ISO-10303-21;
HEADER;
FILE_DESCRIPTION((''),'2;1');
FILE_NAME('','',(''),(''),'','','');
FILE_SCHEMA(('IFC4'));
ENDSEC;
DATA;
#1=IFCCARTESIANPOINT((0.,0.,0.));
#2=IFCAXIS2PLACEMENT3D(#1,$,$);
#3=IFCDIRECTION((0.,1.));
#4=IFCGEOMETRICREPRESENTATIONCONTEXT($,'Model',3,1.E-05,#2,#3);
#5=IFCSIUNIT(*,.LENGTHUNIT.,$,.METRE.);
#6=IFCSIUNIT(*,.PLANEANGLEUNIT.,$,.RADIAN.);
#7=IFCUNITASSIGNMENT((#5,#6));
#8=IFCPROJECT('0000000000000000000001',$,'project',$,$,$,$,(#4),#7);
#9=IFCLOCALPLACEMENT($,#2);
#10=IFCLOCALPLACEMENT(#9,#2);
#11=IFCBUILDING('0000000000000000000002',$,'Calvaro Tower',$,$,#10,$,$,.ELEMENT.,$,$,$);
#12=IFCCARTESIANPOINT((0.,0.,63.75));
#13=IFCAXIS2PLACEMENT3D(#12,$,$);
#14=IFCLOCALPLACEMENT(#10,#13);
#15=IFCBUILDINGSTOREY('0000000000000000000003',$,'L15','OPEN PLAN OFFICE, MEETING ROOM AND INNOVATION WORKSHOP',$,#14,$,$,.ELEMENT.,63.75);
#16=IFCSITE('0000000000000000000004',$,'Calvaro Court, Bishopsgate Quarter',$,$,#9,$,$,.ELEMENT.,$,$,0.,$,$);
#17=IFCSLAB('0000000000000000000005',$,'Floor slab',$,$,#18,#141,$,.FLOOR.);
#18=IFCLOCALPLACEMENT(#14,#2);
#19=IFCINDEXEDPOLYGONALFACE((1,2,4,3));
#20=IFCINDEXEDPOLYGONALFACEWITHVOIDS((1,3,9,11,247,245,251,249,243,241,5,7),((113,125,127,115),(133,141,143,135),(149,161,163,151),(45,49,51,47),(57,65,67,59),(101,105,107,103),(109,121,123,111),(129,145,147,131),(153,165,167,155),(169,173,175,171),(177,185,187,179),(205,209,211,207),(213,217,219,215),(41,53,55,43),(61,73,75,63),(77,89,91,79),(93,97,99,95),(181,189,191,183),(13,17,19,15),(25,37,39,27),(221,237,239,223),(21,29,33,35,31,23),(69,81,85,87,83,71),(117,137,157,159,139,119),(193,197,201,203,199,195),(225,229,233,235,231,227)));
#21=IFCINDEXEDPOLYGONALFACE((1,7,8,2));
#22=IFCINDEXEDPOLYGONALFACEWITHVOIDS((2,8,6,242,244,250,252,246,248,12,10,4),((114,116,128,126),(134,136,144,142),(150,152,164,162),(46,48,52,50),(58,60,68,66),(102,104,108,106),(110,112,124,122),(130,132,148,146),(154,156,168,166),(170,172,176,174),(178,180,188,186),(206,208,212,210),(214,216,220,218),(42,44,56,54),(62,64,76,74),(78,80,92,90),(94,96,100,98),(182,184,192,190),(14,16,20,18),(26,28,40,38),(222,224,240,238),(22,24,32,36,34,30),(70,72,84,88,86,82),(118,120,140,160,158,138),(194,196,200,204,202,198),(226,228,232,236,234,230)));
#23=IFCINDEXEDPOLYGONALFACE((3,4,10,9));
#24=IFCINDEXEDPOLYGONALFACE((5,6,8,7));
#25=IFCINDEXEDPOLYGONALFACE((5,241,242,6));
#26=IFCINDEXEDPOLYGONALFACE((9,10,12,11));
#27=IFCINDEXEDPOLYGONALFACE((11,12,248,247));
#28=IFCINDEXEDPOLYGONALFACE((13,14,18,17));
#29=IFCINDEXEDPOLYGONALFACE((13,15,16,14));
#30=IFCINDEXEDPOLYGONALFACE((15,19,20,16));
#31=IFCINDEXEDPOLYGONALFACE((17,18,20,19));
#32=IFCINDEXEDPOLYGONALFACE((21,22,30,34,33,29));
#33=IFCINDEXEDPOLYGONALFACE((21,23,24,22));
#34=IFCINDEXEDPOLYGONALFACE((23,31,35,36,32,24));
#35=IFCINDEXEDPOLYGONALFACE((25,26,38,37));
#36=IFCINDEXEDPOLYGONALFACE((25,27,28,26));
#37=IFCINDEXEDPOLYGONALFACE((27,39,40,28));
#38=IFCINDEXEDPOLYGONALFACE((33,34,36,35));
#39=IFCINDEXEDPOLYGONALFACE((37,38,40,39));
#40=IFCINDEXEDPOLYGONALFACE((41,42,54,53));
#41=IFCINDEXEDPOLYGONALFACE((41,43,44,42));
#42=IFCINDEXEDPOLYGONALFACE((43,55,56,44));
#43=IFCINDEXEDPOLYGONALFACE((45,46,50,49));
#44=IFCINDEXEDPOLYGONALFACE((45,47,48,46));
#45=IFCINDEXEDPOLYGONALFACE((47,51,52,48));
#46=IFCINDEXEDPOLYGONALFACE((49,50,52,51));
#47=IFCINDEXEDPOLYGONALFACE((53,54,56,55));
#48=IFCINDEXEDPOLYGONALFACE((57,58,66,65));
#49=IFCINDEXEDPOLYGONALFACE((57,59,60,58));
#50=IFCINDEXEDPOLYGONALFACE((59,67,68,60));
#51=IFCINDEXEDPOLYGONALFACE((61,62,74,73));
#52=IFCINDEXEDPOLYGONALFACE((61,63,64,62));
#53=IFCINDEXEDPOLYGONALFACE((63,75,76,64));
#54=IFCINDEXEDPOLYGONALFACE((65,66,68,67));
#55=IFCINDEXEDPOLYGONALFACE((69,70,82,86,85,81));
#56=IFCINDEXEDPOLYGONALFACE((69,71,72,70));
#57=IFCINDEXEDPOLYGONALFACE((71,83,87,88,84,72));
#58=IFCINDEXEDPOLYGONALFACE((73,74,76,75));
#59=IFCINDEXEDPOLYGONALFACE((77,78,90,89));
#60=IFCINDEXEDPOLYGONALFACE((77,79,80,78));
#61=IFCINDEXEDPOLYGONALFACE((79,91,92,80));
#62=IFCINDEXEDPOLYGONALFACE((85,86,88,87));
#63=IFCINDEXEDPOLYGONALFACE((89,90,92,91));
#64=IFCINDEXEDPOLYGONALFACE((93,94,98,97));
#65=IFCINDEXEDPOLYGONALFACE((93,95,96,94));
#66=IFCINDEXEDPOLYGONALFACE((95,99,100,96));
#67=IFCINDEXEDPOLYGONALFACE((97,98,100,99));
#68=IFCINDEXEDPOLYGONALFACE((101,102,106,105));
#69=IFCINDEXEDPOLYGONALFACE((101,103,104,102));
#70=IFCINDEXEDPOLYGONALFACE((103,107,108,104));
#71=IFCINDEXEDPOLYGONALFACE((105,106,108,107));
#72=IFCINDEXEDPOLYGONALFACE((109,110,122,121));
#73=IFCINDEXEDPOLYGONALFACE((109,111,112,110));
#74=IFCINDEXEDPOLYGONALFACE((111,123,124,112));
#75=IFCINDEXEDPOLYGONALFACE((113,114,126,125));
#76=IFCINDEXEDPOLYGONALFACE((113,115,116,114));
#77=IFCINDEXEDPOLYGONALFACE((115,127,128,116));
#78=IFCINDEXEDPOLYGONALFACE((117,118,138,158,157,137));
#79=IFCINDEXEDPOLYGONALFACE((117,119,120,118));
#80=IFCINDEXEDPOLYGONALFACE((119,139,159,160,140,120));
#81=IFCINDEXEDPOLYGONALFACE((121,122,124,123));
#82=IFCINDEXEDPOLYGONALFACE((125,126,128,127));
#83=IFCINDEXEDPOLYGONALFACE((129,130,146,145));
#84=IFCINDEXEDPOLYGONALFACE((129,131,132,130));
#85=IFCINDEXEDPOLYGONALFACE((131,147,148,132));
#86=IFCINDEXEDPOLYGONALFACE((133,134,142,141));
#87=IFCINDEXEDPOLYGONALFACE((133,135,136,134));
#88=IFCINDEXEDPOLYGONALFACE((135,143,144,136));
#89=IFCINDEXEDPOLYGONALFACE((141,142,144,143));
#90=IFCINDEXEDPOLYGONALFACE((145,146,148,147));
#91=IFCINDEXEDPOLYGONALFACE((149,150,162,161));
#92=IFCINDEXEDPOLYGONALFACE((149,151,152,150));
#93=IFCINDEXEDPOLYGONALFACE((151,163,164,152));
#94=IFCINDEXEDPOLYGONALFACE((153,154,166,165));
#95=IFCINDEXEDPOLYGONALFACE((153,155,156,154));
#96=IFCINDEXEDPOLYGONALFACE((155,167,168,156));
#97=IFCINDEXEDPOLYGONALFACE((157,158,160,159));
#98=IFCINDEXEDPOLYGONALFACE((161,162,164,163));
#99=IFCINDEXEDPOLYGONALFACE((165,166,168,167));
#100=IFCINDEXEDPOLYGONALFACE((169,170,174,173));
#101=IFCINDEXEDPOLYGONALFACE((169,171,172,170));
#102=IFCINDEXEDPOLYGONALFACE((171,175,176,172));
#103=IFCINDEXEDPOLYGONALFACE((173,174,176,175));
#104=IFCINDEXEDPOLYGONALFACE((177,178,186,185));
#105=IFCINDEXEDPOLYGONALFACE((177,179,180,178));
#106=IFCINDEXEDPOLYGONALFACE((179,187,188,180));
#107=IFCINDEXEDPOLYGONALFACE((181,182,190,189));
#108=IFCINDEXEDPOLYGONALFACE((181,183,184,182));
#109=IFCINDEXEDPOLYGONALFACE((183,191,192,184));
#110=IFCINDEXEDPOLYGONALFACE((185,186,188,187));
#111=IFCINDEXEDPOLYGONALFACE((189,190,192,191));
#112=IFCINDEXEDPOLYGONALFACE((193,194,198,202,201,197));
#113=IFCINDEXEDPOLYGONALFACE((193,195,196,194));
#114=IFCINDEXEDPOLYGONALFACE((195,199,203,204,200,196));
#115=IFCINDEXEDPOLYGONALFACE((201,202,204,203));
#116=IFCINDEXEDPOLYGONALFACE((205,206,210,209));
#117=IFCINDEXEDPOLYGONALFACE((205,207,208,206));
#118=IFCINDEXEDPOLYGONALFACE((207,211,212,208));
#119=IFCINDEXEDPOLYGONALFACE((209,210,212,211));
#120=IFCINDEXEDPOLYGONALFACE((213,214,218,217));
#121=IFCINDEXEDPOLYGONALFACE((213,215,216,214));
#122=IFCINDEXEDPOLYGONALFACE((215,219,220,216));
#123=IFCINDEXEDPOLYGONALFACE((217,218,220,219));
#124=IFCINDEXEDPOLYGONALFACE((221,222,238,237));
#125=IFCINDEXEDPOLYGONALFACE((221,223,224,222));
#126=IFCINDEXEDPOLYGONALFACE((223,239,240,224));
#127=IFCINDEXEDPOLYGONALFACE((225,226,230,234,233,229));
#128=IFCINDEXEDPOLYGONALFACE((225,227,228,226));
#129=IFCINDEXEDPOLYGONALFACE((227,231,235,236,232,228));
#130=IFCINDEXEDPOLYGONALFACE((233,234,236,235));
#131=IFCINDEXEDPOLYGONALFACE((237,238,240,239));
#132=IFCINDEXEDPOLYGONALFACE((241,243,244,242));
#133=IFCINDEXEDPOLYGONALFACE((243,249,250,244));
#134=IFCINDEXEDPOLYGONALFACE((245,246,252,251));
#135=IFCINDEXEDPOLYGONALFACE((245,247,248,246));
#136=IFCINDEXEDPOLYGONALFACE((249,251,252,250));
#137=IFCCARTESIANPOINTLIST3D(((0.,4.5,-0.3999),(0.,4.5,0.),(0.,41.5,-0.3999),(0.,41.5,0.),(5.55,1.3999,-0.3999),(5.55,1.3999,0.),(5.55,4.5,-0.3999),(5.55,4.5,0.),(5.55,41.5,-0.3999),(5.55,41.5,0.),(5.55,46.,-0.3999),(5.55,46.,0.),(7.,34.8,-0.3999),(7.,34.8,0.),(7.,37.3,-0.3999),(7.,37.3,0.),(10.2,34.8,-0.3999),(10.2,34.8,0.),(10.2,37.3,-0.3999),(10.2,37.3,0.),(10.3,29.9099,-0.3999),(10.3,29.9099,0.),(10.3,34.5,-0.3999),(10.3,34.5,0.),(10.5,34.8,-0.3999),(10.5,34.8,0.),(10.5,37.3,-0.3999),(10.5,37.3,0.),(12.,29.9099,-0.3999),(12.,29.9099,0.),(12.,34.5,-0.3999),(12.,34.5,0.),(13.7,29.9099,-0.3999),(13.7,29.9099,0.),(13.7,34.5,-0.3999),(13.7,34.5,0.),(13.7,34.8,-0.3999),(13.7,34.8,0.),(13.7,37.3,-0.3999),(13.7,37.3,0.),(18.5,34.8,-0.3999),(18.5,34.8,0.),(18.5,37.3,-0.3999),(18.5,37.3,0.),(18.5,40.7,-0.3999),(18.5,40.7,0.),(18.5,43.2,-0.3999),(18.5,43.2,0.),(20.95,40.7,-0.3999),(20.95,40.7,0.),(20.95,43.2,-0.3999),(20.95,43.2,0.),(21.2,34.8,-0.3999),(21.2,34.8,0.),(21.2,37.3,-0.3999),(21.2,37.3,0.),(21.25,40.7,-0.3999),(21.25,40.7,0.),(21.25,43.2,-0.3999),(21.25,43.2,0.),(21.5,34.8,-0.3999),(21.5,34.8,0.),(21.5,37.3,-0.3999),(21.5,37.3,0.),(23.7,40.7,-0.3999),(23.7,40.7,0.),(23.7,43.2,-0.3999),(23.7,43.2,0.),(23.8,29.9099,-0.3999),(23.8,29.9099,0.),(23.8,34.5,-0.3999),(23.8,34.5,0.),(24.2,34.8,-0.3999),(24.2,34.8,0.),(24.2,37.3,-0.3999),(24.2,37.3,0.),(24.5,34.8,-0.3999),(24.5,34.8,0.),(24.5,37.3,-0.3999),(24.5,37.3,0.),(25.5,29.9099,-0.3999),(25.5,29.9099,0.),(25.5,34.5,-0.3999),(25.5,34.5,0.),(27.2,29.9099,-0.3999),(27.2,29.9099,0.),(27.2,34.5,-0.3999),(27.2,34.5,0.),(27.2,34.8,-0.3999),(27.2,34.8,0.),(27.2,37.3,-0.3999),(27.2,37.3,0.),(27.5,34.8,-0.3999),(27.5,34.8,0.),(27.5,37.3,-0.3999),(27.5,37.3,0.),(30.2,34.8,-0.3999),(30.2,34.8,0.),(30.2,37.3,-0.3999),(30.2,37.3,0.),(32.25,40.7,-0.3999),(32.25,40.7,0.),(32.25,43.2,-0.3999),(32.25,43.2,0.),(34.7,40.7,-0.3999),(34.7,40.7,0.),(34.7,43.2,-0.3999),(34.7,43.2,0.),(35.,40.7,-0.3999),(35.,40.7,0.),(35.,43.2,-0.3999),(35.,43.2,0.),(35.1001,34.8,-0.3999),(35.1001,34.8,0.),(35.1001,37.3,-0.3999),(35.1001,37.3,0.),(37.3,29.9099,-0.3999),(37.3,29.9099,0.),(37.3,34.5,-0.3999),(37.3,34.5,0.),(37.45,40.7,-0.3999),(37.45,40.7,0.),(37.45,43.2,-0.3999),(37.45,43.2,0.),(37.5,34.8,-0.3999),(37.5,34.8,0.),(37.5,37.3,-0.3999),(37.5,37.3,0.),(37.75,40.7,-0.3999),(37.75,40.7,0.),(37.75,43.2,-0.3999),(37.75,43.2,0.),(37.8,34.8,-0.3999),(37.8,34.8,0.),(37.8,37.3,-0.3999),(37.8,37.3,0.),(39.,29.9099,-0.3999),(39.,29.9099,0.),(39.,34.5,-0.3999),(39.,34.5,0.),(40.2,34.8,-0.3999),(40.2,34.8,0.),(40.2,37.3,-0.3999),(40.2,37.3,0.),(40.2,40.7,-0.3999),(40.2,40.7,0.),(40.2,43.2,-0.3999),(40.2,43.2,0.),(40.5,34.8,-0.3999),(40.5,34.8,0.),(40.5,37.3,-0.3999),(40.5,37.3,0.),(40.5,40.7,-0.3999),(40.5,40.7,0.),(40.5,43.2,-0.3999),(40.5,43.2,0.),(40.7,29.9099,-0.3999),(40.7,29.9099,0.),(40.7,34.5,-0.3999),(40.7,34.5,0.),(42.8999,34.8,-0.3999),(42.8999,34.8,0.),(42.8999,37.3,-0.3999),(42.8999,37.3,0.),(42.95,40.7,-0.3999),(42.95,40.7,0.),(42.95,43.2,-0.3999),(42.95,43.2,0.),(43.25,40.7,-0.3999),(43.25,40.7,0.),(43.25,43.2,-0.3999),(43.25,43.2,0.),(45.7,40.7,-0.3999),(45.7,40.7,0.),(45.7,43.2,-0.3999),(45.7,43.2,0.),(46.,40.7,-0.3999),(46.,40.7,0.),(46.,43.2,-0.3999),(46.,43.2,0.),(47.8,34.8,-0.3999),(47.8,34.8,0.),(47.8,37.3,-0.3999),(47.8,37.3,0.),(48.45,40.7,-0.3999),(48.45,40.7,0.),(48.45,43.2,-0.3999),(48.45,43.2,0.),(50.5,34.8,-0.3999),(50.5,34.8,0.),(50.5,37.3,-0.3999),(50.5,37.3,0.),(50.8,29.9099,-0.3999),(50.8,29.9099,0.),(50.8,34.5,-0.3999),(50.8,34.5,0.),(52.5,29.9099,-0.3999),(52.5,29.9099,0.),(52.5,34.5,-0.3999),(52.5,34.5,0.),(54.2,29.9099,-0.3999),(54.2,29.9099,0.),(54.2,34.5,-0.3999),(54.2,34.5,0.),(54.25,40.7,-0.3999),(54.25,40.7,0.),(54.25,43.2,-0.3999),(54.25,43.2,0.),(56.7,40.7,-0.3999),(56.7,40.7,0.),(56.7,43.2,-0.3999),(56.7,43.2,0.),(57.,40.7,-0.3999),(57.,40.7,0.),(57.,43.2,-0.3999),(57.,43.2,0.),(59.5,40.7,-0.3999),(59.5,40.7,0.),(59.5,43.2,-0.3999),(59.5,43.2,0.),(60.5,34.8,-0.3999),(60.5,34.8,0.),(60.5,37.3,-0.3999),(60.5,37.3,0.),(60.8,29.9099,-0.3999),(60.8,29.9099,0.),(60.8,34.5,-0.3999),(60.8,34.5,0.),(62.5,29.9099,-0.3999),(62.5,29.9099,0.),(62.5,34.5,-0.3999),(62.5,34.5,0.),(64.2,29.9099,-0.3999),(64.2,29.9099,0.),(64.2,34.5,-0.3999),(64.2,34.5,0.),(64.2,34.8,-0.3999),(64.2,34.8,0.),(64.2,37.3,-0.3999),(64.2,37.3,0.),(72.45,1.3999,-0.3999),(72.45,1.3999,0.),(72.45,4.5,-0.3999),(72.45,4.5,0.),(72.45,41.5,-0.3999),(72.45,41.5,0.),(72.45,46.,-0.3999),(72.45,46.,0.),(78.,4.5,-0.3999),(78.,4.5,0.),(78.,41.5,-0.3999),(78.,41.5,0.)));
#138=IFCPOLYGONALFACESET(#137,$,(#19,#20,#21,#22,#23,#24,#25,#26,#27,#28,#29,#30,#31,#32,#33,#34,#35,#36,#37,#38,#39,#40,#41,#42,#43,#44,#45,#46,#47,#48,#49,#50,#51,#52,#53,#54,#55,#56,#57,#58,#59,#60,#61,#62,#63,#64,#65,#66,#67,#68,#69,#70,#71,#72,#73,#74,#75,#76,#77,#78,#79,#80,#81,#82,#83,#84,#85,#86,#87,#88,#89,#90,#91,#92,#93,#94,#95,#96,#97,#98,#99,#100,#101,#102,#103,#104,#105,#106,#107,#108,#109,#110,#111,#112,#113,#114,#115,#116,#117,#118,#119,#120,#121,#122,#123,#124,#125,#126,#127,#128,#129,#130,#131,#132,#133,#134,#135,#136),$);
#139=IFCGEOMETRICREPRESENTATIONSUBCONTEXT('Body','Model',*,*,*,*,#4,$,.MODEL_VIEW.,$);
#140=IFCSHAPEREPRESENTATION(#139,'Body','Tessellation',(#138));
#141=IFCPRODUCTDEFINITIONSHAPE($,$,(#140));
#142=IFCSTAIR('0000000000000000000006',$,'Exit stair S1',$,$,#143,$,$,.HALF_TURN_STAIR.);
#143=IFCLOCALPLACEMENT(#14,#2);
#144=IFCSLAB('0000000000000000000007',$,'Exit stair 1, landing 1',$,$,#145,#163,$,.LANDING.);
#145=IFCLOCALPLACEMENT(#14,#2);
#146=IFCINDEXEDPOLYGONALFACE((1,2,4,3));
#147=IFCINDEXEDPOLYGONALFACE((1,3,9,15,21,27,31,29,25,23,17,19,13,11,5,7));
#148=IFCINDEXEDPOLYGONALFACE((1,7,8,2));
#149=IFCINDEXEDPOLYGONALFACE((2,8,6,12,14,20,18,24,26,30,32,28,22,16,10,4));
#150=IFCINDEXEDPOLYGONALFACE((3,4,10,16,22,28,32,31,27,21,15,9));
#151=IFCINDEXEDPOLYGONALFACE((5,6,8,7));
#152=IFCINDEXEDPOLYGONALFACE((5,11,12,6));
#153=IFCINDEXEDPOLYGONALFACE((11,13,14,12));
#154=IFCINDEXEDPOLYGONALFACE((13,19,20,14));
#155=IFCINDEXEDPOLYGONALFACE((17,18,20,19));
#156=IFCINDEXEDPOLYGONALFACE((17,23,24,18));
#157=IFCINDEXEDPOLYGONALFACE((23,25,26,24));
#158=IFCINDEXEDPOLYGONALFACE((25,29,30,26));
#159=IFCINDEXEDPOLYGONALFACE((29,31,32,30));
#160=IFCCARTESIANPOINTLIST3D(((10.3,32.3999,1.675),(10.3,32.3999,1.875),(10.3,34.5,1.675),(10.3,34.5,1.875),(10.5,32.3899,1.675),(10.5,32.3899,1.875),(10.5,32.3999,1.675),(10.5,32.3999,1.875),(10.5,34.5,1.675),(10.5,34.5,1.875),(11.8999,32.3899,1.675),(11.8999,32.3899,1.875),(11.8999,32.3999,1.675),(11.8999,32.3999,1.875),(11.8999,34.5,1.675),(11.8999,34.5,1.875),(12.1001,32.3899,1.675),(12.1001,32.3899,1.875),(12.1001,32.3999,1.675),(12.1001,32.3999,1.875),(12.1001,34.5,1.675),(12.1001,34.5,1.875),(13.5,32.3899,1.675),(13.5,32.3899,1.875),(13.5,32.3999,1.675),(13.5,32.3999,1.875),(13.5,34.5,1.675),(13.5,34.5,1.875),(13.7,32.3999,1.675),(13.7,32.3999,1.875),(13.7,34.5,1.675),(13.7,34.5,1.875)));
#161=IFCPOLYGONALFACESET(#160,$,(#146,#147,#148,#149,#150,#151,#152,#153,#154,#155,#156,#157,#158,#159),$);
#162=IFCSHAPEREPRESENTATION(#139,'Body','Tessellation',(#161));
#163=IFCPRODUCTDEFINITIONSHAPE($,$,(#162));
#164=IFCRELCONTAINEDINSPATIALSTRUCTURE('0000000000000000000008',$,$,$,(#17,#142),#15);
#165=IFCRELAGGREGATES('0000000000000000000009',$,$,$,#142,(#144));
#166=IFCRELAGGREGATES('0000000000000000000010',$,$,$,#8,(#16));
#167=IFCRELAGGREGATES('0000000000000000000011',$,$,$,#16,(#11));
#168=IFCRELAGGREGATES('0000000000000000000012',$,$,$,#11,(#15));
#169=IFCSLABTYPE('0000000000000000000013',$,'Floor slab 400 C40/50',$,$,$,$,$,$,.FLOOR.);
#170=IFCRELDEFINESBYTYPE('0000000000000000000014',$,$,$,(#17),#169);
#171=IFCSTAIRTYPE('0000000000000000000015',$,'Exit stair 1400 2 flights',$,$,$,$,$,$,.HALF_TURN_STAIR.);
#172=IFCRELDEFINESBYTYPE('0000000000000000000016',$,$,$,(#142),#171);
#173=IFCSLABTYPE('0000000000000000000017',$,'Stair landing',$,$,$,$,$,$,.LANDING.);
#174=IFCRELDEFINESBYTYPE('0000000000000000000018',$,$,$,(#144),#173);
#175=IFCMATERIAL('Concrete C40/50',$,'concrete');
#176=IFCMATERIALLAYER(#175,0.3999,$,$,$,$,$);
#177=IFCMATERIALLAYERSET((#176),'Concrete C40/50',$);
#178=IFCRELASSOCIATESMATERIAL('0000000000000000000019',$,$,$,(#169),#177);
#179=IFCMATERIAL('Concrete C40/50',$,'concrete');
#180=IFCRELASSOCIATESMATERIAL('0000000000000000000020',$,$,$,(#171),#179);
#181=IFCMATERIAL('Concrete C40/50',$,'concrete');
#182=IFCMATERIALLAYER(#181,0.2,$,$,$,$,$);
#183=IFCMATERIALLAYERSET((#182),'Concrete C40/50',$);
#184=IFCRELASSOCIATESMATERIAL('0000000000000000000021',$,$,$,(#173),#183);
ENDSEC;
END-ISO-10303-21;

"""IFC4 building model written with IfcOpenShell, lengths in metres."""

from ifc_helpers import new_model, si_unit, direction, frame, origin, place, context, subcontext, project, spatial, polyline, outline, extrude, material, layer, layer_set, type_object, element, aggregate, save


model = new_model("IFC4")

# Units and contexts
model_context = context("Model", 3, precision=1e-05, world=origin(), true_north=direction((0.0, 1.0)))
body_context = subcontext(model_context, "Body", "Model", "MODEL_VIEW")
ifc_project = project(units=[si_unit("LENGTHUNIT", "METRE"), si_unit("PLANEANGLEUNIT", "RADIAN")], contexts=[model_context])

# Site, building, storey
site_placement = place(None, origin())
site = spatial("IfcSite", under=ifc_project, at=site_placement, Name="Calvaro Court, Bishopsgate Quarter", CompositionType="ELEMENT", RefElevation=0.0)
building_placement = place(site_placement, origin())
building = spatial("IfcBuilding", under=site, at=building_placement, Name="Calvaro Tower", CompositionType="ELEMENT")
storey_placement = place(building_placement, frame((0.0, 0.0, 63.75)))
storey = spatial("IfcBuildingStorey", under=building, at=storey_placement, Name="L15", Description="OPEN PLAN OFFICE, MEETING ROOM AND INNOVATION WORKSHOP", CompositionType="ELEMENT", Elevation=63.75)

# Slab
ifc_material_1 = material(Name="Concrete C40/50", Category="concrete")
ifc_layer_1 = layer(ifc_material_1, 0.3999)
ifc_layer_set_1 = layer_set([ifc_layer_1], Name="Concrete C40/50")
slab_type_1 = type_object("IfcSlabType", Name="Floor slab 400 C40/50", PredefinedType="FLOOR", material=ifc_layer_set_1)
slab_1_placement = place(storey_placement, frame((0.0, 0.0, -0.3999)))
element("IfcSlab", 1, at=slab_1_placement, inside=storey, type_object=slab_type_1, Name="Floor slab", PredefinedType="FLOOR", context=body_context, shape_type="SweptSolid", body=[
    extrude(outline(polyline([(72.45, 4.5), (72.45, 1.3999), (5.55, 1.3999), (5.55, 4.5), (0.0, 4.5), (0.0, 41.5), (5.55, 41.5), (5.55, 46.0), (72.45, 46.0), (72.45, 41.5), (78.0, 41.5), (78.0, 4.5), (72.45, 4.5)]), holes=[polyline([(10.3, 29.9099), (10.3, 34.5), (12.0, 34.5), (13.7, 34.5), (13.7, 29.9099), (12.0, 29.9099), (10.3, 29.9099)]), polyline([(23.8, 29.9099), (23.8, 34.5), (25.5, 34.5), (27.2, 34.5), (27.2, 29.9099), (25.5, 29.9099), (23.8, 29.9099)]), polyline([(37.3, 29.9099), (37.3, 34.5), (39.0, 34.5), (40.7, 34.5), (40.7, 29.9099), (39.0, 29.9099), (37.3, 29.9099)]), polyline([(50.8, 29.9099), (50.8, 34.5), (52.5, 34.5), (54.2, 34.5), (54.2, 29.9099), (52.5, 29.9099), (50.8, 29.9099)]), polyline([(60.8, 29.9099), (60.8, 34.5), (62.5, 34.5), (64.2, 34.5), (64.2, 29.9099), (62.5, 29.9099), (60.8, 29.9099)]), polyline([(18.5, 34.8), (21.2, 34.8), (21.2, 37.3), (18.5, 37.3), (18.5, 34.8)]), polyline([(21.5, 34.8), (24.2, 34.8), (24.2, 37.3), (21.5, 37.3), (21.5, 34.8)]), polyline([(24.5, 34.8), (27.2, 34.8), (27.2, 37.3), (24.5, 37.3), (24.5, 34.8)]), polyline([(35.1001, 34.8), (37.5, 34.8), (37.5, 37.3), (35.1001, 37.3), (35.1001, 34.8)]), polyline([(37.8, 34.8), (40.2, 34.8), (40.2, 37.3), (37.8, 37.3), (37.8, 34.8)]), polyline([(40.5, 34.8), (42.8999, 34.8), (42.8999, 37.3), (40.5, 37.3), (40.5, 34.8)]), polyline([(18.5, 40.7), (20.95, 40.7), (20.95, 43.2), (18.5, 43.2), (18.5, 40.7)]), polyline([(21.25, 40.7), (23.7, 40.7), (23.7, 43.2), (21.25, 43.2), (21.25, 40.7)]), polyline([(32.25, 40.7), (34.7, 40.7), (34.7, 43.2), (32.25, 43.2), (32.25, 40.7)]), polyline([(35.0, 40.7), (37.45, 40.7), (37.45, 43.2), (35.0, 43.2), (35.0, 40.7)]), polyline([(37.75, 40.7), (40.2, 40.7), (40.2, 43.2), (37.75, 43.2), (37.75, 40.7)]), polyline([(40.5, 40.7), (42.95, 40.7), (42.95, 43.2), (40.5, 43.2), (40.5, 40.7)]), polyline([(43.25, 40.7), (45.7, 40.7), (45.7, 43.2), (43.25, 43.2), (43.25, 40.7)]), polyline([(46.0, 40.7), (48.45, 40.7), (48.45, 43.2), (46.0, 43.2), (46.0, 40.7)]), polyline([(54.25, 40.7), (56.7, 40.7), (56.7, 43.2), (54.25, 43.2), (54.25, 40.7)]), polyline([(57.0, 40.7), (59.5, 40.7), (59.5, 43.2), (57.0, 43.2), (57.0, 40.7)]), polyline([(7.0, 34.8), (10.2, 34.8), (10.2, 37.3), (7.0, 37.3), (7.0, 34.8)]), polyline([(10.5, 34.8), (13.7, 34.8), (13.7, 37.3), (10.5, 37.3), (10.5, 34.8)]), polyline([(60.5, 34.8), (64.2, 34.8), (64.2, 37.3), (60.5, 37.3), (60.5, 34.8)]), polyline([(27.5, 34.8), (30.2, 34.8), (30.2, 37.3), (27.5, 37.3), (27.5, 34.8)]), polyline([(47.8, 34.8), (50.5, 34.8), (50.5, 37.3), (47.8, 37.3), (47.8, 34.8)])]), origin(), (0.0, 0.0, 1.0), 0.3999),
])

# Stair, slab
ifc_material_2 = material(Name="Concrete C40/50", Category="concrete")
stair_type = type_object("IfcStairType", Name="Exit stair 1400 2 flights", PredefinedType="HALF_TURN_STAIR", material=ifc_material_2)
stair_1_placement = place(storey_placement, origin())
stair_1 = element("IfcStair", 2, at=stair_1_placement, inside=storey, type_object=stair_type, Name="Exit stair S1", PredefinedType="HALF_TURN_STAIR")
ifc_material_3 = material(Name="Concrete C40/50", Category="concrete")
ifc_layer_2 = layer(ifc_material_3, 0.2)
ifc_layer_set_2 = layer_set([ifc_layer_2], Name="Concrete C40/50")
slab_type_2 = type_object("IfcSlabType", Name="Stair landing", PredefinedType="LANDING", material=ifc_layer_set_2)
slab_2_placement = place(storey_placement, frame((0.0, 0.0, 1.675)))
slab_2 = element("IfcSlab", 3, at=slab_2_placement, type_object=slab_type_2, Name="Exit stair 1, landing 1", PredefinedType="LANDING", context=body_context, shape_type="SweptSolid", body=[
    extrude(outline(polyline([(11.8999, 32.3899), (10.5, 32.3899), (10.5, 32.3999), (10.3, 32.3999), (10.3, 34.5), (10.5, 34.5), (11.8999, 34.5), (12.1001, 34.5), (13.5, 34.5), (13.7, 34.5), (13.7, 32.3999), (13.5, 32.3999), (13.5, 32.3899), (12.1001, 32.3899), (12.1001, 32.3999), (11.8999, 32.3999), (11.8999, 32.3899)])), origin(), (0.0, 0.0, 1.0), 0.2),
])
aggregate(stair_1, [slab_2])

save(model, "model.ifc")
